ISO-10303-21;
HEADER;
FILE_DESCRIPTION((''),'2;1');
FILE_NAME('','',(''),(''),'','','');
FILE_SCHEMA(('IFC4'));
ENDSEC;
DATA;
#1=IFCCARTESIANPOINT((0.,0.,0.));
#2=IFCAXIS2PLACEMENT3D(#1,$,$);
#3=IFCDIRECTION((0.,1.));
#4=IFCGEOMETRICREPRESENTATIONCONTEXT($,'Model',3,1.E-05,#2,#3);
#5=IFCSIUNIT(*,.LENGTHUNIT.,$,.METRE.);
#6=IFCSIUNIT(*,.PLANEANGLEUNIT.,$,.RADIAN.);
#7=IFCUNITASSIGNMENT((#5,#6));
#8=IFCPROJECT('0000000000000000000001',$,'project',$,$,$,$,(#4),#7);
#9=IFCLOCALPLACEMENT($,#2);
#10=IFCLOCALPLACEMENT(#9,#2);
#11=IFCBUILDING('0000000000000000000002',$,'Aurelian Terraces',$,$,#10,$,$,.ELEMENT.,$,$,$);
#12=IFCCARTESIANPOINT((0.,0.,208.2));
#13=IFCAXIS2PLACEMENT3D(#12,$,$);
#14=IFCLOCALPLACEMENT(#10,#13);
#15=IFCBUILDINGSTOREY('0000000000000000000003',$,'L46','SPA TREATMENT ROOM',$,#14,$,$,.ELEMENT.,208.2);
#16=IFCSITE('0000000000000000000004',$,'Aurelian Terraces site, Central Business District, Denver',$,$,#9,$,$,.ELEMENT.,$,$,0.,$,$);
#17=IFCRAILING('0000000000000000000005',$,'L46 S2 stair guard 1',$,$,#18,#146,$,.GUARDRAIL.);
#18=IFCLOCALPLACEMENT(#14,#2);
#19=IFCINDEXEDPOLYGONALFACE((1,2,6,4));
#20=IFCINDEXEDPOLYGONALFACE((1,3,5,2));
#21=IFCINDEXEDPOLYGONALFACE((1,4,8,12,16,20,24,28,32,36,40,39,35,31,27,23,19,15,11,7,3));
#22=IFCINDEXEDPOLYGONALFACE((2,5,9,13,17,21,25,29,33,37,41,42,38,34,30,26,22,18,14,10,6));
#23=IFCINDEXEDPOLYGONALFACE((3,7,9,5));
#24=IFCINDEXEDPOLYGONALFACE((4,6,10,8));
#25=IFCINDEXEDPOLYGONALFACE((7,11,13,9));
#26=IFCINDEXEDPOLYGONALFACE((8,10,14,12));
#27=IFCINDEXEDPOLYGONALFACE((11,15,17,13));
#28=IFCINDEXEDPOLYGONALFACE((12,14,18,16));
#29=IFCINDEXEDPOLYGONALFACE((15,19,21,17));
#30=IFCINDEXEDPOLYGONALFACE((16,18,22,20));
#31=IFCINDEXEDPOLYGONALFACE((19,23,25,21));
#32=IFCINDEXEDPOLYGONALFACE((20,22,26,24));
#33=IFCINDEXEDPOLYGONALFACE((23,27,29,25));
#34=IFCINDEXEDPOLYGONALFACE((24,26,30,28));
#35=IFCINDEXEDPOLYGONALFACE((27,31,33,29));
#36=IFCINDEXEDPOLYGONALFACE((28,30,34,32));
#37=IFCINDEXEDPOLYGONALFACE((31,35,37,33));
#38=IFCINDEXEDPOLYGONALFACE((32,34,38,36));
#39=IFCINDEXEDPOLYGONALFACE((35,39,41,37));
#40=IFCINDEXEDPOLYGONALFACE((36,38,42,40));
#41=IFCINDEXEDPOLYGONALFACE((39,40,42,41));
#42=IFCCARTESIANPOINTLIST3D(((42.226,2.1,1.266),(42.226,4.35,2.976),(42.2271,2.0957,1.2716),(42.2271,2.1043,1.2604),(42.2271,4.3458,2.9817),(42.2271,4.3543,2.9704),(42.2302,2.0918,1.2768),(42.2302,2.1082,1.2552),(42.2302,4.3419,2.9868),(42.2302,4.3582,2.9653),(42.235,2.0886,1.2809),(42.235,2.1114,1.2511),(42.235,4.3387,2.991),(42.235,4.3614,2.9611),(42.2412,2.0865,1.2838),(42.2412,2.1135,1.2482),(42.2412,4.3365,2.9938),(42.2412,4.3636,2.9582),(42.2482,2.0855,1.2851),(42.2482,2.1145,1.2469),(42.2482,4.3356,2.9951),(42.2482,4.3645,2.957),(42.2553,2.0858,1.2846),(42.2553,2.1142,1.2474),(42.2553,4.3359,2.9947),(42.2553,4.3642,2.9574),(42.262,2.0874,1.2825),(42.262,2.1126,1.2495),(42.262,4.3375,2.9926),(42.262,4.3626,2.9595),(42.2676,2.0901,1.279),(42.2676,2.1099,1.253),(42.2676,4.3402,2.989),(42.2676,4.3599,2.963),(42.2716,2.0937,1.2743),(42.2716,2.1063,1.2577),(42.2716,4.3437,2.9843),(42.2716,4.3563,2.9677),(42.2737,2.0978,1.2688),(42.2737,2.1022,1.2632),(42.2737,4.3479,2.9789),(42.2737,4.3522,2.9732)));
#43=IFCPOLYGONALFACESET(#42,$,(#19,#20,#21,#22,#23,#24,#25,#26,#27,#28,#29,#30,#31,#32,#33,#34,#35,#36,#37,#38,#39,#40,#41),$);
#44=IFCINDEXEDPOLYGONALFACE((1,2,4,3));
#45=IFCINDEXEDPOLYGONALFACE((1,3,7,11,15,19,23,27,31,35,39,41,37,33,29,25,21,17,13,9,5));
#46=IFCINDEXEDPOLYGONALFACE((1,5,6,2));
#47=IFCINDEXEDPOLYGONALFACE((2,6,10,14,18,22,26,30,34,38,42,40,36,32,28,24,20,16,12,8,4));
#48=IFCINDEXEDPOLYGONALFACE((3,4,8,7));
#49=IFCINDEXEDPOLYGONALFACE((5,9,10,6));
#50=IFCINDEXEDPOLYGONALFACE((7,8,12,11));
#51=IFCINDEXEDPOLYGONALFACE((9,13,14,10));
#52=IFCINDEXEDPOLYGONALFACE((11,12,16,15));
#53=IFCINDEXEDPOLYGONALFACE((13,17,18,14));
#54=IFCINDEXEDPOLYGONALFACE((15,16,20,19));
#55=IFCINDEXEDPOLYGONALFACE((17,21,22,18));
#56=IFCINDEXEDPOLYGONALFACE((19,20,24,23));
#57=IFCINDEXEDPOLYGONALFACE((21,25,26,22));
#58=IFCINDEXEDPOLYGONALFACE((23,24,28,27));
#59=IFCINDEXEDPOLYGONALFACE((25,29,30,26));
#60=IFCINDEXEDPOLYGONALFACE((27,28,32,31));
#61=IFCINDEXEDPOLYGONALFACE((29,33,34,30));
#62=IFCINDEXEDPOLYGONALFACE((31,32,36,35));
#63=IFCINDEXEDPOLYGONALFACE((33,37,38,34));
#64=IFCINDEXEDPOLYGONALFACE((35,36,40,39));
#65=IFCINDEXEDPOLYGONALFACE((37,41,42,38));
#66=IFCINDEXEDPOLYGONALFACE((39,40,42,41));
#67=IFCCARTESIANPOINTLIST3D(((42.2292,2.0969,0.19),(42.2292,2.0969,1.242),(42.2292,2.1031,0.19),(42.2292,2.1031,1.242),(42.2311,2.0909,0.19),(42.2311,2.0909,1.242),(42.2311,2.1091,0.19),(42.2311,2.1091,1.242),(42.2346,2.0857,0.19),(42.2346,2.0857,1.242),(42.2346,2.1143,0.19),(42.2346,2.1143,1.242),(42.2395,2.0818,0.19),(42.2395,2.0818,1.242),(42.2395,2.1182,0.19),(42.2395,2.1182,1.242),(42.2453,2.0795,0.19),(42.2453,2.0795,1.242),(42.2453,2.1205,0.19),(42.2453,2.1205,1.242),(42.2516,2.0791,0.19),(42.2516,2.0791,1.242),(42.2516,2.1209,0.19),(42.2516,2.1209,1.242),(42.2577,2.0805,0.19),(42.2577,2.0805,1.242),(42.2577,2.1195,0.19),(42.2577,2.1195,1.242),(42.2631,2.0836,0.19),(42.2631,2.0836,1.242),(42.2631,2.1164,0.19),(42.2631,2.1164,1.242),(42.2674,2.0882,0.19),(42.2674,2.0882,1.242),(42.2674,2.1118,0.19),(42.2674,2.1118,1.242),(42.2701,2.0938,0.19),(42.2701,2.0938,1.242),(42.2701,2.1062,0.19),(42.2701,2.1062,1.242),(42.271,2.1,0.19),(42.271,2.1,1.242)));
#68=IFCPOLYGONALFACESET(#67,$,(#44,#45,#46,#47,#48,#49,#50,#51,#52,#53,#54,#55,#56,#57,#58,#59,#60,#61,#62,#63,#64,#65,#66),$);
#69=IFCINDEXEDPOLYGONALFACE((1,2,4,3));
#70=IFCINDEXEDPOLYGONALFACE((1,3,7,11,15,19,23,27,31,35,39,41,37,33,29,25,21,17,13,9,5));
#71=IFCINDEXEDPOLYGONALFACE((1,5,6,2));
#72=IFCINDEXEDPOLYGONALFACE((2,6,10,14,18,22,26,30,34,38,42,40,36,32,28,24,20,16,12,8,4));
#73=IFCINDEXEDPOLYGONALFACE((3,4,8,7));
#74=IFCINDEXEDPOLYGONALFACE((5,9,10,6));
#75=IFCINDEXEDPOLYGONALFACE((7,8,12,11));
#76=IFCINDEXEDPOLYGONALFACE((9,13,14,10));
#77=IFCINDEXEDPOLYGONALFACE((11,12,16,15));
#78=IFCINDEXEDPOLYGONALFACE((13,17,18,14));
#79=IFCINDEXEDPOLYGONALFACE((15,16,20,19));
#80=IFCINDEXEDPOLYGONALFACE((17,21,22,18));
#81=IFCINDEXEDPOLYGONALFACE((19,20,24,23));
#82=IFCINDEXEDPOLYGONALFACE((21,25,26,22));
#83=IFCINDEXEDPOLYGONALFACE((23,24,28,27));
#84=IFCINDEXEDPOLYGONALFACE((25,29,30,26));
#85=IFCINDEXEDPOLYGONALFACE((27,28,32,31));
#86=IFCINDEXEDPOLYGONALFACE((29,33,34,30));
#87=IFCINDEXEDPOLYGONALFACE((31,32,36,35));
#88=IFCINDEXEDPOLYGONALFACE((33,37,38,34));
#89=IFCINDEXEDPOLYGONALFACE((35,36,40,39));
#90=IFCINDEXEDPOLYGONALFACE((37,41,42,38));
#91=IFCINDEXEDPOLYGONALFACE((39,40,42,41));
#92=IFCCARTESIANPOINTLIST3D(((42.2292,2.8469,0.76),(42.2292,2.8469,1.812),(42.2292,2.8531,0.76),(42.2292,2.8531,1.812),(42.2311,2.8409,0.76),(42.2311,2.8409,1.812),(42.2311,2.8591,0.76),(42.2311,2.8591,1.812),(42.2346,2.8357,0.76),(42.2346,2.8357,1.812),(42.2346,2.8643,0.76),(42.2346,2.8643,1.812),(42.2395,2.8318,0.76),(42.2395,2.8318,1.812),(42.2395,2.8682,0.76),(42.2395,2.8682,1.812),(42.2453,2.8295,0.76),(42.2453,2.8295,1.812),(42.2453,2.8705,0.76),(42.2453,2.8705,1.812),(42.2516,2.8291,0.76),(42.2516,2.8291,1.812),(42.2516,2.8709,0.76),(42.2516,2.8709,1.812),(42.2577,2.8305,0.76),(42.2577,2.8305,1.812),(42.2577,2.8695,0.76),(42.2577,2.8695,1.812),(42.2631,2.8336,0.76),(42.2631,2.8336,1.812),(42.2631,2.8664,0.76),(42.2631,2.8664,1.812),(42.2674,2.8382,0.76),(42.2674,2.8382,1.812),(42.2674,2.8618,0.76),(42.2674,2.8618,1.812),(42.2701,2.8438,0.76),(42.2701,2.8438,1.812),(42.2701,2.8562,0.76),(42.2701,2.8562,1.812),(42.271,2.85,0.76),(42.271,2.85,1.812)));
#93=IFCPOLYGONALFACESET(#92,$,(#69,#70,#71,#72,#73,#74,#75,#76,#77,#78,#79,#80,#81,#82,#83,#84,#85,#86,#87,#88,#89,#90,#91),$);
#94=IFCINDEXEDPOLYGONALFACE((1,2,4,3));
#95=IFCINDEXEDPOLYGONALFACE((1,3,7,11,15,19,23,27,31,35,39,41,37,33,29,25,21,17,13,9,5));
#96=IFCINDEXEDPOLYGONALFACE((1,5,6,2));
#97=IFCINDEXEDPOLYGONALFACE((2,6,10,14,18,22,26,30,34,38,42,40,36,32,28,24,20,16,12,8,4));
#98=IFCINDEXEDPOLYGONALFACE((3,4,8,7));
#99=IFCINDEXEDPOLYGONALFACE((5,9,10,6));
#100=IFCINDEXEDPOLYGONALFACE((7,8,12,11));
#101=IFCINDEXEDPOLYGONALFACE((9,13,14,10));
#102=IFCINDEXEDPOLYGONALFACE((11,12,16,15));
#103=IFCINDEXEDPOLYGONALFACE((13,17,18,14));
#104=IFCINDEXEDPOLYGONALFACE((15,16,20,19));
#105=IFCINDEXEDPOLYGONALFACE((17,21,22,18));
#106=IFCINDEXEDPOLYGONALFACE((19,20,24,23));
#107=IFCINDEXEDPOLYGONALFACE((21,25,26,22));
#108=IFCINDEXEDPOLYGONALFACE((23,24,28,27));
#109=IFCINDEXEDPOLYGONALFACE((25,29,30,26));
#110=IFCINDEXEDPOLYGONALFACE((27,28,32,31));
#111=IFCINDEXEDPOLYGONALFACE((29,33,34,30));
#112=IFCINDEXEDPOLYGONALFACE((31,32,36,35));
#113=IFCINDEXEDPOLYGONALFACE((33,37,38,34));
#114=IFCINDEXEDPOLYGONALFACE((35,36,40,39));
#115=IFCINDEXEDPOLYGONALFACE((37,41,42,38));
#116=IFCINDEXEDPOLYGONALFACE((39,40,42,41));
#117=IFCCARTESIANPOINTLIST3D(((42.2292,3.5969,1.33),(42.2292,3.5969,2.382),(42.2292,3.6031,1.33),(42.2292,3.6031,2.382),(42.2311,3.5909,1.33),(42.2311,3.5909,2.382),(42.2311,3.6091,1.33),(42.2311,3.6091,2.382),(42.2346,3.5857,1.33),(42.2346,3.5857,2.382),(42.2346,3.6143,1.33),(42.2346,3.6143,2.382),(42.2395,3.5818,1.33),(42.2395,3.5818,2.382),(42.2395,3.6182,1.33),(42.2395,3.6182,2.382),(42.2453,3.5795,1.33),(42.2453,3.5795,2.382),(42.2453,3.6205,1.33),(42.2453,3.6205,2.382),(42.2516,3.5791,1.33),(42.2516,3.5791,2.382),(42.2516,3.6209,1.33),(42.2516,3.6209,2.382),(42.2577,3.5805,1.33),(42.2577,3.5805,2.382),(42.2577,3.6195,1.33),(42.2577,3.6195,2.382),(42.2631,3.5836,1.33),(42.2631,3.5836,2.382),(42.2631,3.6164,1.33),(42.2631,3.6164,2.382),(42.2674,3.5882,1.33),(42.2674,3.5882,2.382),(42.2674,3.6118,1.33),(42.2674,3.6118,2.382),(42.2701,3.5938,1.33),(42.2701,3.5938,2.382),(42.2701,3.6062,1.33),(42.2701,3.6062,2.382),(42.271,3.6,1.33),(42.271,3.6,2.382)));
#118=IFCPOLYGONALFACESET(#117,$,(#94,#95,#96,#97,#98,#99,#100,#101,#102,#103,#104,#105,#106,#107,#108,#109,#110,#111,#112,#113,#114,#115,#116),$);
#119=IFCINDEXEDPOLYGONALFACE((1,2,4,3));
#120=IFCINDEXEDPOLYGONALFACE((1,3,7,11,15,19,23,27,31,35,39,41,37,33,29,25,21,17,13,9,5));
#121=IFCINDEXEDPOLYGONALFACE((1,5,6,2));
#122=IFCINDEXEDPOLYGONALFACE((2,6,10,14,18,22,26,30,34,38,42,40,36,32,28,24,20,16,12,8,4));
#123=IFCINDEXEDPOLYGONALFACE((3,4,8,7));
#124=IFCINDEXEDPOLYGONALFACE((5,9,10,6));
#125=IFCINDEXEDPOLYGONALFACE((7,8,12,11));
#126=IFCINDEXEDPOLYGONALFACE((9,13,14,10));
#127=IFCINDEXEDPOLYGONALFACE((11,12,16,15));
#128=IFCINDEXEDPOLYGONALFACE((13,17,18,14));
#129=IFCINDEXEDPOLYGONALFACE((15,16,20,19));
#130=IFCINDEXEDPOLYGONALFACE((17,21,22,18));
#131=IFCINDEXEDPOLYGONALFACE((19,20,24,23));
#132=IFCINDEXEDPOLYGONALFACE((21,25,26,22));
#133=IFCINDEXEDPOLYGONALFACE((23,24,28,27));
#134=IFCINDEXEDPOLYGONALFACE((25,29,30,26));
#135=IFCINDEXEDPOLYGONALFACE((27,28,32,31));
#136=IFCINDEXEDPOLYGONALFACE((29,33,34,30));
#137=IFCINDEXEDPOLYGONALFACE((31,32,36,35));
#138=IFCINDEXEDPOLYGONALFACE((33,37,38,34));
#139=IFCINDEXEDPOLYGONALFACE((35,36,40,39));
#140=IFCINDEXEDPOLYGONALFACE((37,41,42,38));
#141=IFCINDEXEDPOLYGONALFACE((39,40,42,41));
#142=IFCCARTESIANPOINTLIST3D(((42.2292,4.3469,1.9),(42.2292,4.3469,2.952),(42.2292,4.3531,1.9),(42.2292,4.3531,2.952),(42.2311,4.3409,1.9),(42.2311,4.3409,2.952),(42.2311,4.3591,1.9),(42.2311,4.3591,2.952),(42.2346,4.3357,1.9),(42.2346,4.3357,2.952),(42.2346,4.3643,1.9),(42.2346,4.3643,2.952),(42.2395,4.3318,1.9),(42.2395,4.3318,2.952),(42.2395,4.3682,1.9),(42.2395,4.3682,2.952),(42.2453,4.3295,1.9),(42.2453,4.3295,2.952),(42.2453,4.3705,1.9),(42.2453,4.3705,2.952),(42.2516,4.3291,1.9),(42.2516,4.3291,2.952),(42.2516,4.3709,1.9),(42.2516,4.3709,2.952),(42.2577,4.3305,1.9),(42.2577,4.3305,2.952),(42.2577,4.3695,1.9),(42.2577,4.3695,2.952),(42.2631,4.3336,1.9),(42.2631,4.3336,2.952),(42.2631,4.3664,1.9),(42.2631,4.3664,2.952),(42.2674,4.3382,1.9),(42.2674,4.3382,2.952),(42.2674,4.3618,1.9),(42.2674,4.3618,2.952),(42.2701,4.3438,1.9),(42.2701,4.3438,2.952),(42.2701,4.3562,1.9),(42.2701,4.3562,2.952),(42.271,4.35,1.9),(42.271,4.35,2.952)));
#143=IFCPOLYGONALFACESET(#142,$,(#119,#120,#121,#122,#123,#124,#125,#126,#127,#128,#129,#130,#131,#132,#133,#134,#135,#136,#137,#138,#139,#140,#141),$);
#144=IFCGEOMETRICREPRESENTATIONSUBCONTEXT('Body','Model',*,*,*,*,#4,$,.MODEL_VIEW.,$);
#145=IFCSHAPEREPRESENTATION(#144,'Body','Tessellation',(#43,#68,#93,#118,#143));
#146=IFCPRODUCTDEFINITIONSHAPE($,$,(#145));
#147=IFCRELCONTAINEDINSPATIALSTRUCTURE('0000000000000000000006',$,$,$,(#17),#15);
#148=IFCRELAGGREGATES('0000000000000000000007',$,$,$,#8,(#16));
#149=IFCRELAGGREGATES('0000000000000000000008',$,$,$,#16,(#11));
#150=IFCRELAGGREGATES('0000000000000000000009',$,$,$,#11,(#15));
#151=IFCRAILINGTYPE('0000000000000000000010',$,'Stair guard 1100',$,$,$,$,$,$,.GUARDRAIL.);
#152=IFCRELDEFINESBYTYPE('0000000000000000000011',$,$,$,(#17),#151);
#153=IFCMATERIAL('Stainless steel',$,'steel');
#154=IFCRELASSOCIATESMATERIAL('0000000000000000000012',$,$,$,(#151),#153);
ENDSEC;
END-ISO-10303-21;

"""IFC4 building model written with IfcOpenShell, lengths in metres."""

from ifc_helpers import new_model, si_unit, direction, frame, origin, origin_2d, place, context, subcontext, project, spatial, circle, extrude, source, transform, mapped, material, type_object, element, save


model = new_model("IFC4")

# Units and contexts
model_context = context("Model", 3, precision=1e-05, world=origin(), true_north=direction((0.0, 1.0)))
body_context = subcontext(model_context, "Body", "Model", "MODEL_VIEW")
ifc_project = project(units=[si_unit("LENGTHUNIT", "METRE"), si_unit("PLANEANGLEUNIT", "RADIAN")], contexts=[model_context])

# Site, building, storey
site_placement = place(None, origin())
site = spatial("IfcSite", under=ifc_project, at=site_placement, Name="Aurelian Terraces site, Central Business District, Denver", CompositionType="ELEMENT", RefElevation=0.0)
building_placement = place(site_placement, origin())
building = spatial("IfcBuilding", under=site, at=building_placement, Name="Aurelian Terraces", CompositionType="ELEMENT")
storey_placement = place(building_placement, frame((0.0, 0.0, 208.2)))
storey = spatial("IfcBuildingStorey", under=building, at=storey_placement, Name="L46", Description="SPA TREATMENT ROOM", CompositionType="ELEMENT", Elevation=208.2)

# Railing
ifc_material_1 = material(Name="Stainless steel", Category="steel")
railing_type = type_object("IfcRailingType", Name="Stair guard 1100", PredefinedType="GUARDRAIL", material=ifc_material_1)
shared_shape_1 = source(origin(), body_context, "Body", "SweptSolid", [
    extrude(circle(Radius=0.024, at=origin_2d()), frame((0.0, 0.0, 1.076), z_axis=(0.0, 0.796162, 0.605083), x_axis=(-1.0, 0.0, 0.0)), (0.0, 0.0, 1.0), 2.8261),
    extrude(circle(Radius=0.021, at=origin_2d()), origin(), (0.0, 0.0, 1.0), 1.052),
    extrude(circle(Radius=0.021, at=origin_2d()), frame((0.0, 0.75, 0.57)), (0.0, 0.0, 1.0), 1.052),
    extrude(circle(Radius=0.021, at=origin_2d()), frame((0.0, 1.5, 1.14)), (0.0, 0.0, 1.0), 1.052),
    extrude(circle(Radius=0.021, at=origin_2d()), frame((0.0, 2.25, 1.71)), (0.0, 0.0, 1.0), 1.052),
])
railing_1_placement = place(storey_placement, frame((42.25, 2.1, 0.19)))
element("IfcRailing", 1, at=railing_1_placement, inside=storey, type_object=railing_type, Name="L46 S2 stair guard 1", PredefinedType="GUARDRAIL", context=body_context, shape_type="MappedRepresentation", body=[
    mapped(shared_shape_1, transform((0.0, 0.0, 0.0), scale=1.0)),
])

save(model, "model.ifc")
